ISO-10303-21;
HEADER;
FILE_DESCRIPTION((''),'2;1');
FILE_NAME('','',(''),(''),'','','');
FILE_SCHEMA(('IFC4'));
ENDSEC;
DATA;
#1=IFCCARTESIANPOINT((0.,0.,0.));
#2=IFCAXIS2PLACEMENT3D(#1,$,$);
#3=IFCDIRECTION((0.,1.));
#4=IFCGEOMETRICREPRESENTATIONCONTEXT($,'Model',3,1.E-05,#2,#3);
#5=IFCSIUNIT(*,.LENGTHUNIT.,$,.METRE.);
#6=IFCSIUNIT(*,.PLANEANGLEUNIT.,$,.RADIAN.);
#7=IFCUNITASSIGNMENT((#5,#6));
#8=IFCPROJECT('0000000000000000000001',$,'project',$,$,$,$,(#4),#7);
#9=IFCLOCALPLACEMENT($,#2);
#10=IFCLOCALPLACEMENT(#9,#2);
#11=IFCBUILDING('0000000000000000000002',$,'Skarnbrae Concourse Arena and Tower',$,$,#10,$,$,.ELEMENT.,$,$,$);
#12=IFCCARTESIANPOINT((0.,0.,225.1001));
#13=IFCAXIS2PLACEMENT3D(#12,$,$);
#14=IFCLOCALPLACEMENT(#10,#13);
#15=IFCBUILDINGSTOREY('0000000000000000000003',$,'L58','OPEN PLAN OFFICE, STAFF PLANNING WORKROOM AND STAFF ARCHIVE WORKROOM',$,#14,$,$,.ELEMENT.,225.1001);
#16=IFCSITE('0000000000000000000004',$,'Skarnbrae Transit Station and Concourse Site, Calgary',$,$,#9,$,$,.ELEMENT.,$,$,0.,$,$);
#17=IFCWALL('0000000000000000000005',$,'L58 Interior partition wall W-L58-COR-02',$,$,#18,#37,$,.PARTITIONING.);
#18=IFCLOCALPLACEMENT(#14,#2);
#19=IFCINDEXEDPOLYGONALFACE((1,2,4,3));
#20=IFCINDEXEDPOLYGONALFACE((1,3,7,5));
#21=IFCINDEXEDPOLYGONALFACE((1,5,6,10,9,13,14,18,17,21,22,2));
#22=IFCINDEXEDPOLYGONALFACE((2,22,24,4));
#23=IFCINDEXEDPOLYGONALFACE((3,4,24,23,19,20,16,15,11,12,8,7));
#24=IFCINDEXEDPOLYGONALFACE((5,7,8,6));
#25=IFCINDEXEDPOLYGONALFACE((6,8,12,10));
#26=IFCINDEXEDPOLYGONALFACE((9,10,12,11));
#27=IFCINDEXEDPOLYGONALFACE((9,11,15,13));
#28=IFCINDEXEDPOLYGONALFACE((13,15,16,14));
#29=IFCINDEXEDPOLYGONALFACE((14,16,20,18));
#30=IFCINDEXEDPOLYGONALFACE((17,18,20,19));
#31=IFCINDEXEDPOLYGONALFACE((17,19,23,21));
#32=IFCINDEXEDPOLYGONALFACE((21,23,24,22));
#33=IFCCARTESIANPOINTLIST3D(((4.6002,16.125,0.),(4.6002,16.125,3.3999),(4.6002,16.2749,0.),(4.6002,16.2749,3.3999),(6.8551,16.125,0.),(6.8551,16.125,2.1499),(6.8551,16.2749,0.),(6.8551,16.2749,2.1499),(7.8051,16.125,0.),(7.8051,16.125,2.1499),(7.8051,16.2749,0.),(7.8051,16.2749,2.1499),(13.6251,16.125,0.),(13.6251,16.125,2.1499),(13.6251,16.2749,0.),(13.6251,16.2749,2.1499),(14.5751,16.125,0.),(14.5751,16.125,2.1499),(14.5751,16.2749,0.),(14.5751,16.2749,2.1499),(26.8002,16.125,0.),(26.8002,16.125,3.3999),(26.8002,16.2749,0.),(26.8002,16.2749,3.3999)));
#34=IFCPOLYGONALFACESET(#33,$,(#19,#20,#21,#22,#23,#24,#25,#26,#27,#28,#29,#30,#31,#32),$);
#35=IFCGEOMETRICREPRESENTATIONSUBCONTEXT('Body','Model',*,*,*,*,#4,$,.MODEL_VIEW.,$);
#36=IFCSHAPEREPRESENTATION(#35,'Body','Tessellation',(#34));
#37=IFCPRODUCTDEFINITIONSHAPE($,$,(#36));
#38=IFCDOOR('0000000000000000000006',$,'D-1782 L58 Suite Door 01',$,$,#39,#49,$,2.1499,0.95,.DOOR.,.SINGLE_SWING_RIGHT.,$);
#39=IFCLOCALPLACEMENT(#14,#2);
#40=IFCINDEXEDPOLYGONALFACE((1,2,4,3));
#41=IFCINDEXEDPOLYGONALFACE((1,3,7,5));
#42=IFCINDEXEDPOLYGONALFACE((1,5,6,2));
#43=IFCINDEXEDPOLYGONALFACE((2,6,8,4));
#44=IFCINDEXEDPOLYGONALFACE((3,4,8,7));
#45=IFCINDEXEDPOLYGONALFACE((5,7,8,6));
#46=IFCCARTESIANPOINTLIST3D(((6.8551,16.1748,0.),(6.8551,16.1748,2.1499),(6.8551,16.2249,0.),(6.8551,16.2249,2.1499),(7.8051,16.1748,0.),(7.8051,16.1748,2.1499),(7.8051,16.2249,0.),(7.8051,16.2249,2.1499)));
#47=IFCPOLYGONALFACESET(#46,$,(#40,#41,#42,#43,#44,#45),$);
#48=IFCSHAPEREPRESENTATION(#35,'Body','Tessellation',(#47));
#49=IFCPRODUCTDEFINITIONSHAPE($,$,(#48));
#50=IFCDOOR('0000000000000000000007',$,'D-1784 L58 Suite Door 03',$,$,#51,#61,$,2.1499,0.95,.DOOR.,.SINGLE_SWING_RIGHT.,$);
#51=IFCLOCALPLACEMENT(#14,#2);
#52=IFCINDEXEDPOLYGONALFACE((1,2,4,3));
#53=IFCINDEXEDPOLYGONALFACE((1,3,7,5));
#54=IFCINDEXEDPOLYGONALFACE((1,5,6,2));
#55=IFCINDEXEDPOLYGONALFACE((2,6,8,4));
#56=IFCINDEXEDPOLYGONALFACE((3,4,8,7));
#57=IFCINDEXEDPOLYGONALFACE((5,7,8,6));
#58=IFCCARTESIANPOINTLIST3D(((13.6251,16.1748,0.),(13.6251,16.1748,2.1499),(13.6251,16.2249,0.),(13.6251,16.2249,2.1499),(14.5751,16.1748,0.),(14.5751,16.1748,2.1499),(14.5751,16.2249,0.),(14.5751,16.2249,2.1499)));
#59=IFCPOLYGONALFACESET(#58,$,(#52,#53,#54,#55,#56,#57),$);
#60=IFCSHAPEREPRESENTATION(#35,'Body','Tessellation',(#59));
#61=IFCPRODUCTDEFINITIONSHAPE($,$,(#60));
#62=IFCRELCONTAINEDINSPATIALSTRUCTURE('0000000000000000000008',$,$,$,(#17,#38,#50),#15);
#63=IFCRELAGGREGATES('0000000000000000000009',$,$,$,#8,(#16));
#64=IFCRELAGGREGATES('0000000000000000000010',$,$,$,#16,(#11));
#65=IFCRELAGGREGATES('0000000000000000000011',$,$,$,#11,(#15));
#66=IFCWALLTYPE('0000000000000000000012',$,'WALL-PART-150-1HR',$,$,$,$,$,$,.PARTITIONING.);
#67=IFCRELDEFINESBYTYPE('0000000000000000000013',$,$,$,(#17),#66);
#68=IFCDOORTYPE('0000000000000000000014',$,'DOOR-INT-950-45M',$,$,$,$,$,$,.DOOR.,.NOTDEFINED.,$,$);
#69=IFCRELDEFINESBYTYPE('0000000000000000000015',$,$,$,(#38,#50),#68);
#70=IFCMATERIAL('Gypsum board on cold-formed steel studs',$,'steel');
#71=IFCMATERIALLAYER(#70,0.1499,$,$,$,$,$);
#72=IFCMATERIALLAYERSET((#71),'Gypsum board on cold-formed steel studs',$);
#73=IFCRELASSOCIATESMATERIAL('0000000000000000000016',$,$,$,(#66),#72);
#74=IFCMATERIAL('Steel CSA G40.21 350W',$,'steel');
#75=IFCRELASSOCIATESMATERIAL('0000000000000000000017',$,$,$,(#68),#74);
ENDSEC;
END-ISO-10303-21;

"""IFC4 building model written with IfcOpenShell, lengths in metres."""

from ifc_helpers import new_model, si_unit, direction, frame, frame_2d, origin, place, context, subcontext, project, spatial, rectangle, extrude, source, transform, mapped, material, layer, layer_set, type_object, element, fill, save


model = new_model("IFC4")

# Units and contexts
model_context = context("Model", 3, precision=1e-05, world=origin(), true_north=direction((0.0, 1.0)))
body_context = subcontext(model_context, "Body", "Model", "MODEL_VIEW")
ifc_project = project(units=[si_unit("LENGTHUNIT", "METRE"), si_unit("PLANEANGLEUNIT", "RADIAN")], contexts=[model_context])

# Site, building, storey
site_placement = place(None, origin())
site = spatial("IfcSite", under=ifc_project, at=site_placement, Name="Skarnbrae Transit Station and Concourse Site, Calgary", CompositionType="ELEMENT", RefElevation=0.0)
building_placement = place(site_placement, origin())
building = spatial("IfcBuilding", under=site, at=building_placement, Name="Skarnbrae Concourse Arena and Tower", CompositionType="ELEMENT")
storey_placement = place(building_placement, frame((0.0, 0.0, 225.1001)))
storey = spatial("IfcBuildingStorey", under=building, at=storey_placement, Name="L58", Description="OPEN PLAN OFFICE, STAFF PLANNING WORKROOM AND STAFF ARCHIVE WORKROOM", CompositionType="ELEMENT", Elevation=225.1001)

# Shared definitions
ifc_material_1 = material(Name="Steel CSA G40.21 350W", Category="steel")

# Shared definitions
ifc_material_2 = material(Name="Gypsum board on cold-formed steel studs", Category="steel")
ifc_layer_1 = layer(ifc_material_2, 0.1499)
ifc_layer_set_1 = layer_set([ifc_layer_1], Name="Gypsum board on cold-formed steel studs")
wall_type_1 = type_object("IfcWallType", Name="WALL-PART-150-1HR", PredefinedType="PARTITIONING", material=ifc_layer_set_1)

# Wall, openings, doors
shared_shape_1 = source(origin(), body_context, "Body", "SweptSolid", [
    extrude(rectangle(XDim=22.2, YDim=0.1499, at=frame_2d((11.1001, 0.0))), origin(), (0.0, 0.0, 1.0), 3.3999),
])
wall_1_placement = place(storey_placement, frame((4.6001, 16.2, 0.0), z_axis=(0.0, 0.0, 1.0), x_axis=(1.0, 0.0, 0.0)))
wall_1 = element("IfcWall", 1, at=wall_1_placement, inside=storey, type_object=wall_type_1, Name="L58 Interior partition wall W-L58-COR-02", PredefinedType="PARTITIONING", context=body_context, shape_type="MappedRepresentation", body=[
    mapped(shared_shape_1, transform((0.0, 0.0, 0.0))),
])
opening_1_placement = place(wall_1_placement, frame((2.2549, 0.0, 0.0)))
opening_1 = element("IfcOpeningElement", 2, at=opening_1_placement, cuts=wall_1, PredefinedType="OPENING", context=body_context, shape_type="SweptSolid", body=[
    extrude(rectangle(XDim=0.95, YDim=2.1499, at=frame_2d((0.4751, 1.075))), frame((0.0, 0.085, 0.0), z_axis=(0.0, -1.0, 0.0), x_axis=(1.0, 0.0, 0.0)), (0.0, 0.0, 1.0), 0.1699),
])
opening_2_placement = place(wall_1_placement, frame((9.0249, 0.0, 0.0)))
opening_2 = element("IfcOpeningElement", 3, at=opening_2_placement, cuts=wall_1, PredefinedType="OPENING", context=body_context, shape_type="SweptSolid", body=[
    extrude(rectangle(XDim=0.95, YDim=2.1499, at=frame_2d((0.4751, 1.075))), frame((0.0, 0.085, 0.0), z_axis=(0.0, -1.0, 0.0), x_axis=(1.0, 0.0, 0.0)), (0.0, 0.0, 1.0), 0.1699),
])
door_type_1 = type_object("IfcDoorType", Name="DOOR-INT-950-45M", OperationType="NOTDEFINED", PredefinedType="DOOR", material=ifc_material_1)
shared_shape_2 = source(origin(), body_context, "Body", "SweptSolid", [
    extrude(rectangle(XDim=0.95, YDim=2.1499, at=frame_2d((0.4751, 1.075))), frame((0.0, 0.0249, 0.0), z_axis=(0.0, -1.0, 0.0), x_axis=(1.0, 0.0, 0.0)), (0.0, 0.0, 1.0), 0.05),
])
door_1_placement = place(opening_1_placement, origin())
door_1 = element("IfcDoor", 4, at=door_1_placement, inside=storey, type_object=door_type_1, Name="D-1782 L58 Suite Door 01", OperationType="SINGLE_SWING_RIGHT", OverallHeight=2.1499, OverallWidth=0.95, PredefinedType="DOOR", context=body_context, shape_type="MappedRepresentation", body=[
    mapped(shared_shape_2, transform((0.0, 0.0, 0.0))),
])
fill(opening_1, door_1)
door_2_placement = place(opening_2_placement, origin())
door_2 = element("IfcDoor", 5, at=door_2_placement, inside=storey, type_object=door_type_1, Name="D-1784 L58 Suite Door 03", OperationType="SINGLE_SWING_RIGHT", OverallHeight=2.1499, OverallWidth=0.95, PredefinedType="DOOR", context=body_context, shape_type="MappedRepresentation", body=[
    mapped(shared_shape_2, transform((0.0, 0.0, 0.0))),
])
fill(opening_2, door_2)

save(model, "model.ifc")
